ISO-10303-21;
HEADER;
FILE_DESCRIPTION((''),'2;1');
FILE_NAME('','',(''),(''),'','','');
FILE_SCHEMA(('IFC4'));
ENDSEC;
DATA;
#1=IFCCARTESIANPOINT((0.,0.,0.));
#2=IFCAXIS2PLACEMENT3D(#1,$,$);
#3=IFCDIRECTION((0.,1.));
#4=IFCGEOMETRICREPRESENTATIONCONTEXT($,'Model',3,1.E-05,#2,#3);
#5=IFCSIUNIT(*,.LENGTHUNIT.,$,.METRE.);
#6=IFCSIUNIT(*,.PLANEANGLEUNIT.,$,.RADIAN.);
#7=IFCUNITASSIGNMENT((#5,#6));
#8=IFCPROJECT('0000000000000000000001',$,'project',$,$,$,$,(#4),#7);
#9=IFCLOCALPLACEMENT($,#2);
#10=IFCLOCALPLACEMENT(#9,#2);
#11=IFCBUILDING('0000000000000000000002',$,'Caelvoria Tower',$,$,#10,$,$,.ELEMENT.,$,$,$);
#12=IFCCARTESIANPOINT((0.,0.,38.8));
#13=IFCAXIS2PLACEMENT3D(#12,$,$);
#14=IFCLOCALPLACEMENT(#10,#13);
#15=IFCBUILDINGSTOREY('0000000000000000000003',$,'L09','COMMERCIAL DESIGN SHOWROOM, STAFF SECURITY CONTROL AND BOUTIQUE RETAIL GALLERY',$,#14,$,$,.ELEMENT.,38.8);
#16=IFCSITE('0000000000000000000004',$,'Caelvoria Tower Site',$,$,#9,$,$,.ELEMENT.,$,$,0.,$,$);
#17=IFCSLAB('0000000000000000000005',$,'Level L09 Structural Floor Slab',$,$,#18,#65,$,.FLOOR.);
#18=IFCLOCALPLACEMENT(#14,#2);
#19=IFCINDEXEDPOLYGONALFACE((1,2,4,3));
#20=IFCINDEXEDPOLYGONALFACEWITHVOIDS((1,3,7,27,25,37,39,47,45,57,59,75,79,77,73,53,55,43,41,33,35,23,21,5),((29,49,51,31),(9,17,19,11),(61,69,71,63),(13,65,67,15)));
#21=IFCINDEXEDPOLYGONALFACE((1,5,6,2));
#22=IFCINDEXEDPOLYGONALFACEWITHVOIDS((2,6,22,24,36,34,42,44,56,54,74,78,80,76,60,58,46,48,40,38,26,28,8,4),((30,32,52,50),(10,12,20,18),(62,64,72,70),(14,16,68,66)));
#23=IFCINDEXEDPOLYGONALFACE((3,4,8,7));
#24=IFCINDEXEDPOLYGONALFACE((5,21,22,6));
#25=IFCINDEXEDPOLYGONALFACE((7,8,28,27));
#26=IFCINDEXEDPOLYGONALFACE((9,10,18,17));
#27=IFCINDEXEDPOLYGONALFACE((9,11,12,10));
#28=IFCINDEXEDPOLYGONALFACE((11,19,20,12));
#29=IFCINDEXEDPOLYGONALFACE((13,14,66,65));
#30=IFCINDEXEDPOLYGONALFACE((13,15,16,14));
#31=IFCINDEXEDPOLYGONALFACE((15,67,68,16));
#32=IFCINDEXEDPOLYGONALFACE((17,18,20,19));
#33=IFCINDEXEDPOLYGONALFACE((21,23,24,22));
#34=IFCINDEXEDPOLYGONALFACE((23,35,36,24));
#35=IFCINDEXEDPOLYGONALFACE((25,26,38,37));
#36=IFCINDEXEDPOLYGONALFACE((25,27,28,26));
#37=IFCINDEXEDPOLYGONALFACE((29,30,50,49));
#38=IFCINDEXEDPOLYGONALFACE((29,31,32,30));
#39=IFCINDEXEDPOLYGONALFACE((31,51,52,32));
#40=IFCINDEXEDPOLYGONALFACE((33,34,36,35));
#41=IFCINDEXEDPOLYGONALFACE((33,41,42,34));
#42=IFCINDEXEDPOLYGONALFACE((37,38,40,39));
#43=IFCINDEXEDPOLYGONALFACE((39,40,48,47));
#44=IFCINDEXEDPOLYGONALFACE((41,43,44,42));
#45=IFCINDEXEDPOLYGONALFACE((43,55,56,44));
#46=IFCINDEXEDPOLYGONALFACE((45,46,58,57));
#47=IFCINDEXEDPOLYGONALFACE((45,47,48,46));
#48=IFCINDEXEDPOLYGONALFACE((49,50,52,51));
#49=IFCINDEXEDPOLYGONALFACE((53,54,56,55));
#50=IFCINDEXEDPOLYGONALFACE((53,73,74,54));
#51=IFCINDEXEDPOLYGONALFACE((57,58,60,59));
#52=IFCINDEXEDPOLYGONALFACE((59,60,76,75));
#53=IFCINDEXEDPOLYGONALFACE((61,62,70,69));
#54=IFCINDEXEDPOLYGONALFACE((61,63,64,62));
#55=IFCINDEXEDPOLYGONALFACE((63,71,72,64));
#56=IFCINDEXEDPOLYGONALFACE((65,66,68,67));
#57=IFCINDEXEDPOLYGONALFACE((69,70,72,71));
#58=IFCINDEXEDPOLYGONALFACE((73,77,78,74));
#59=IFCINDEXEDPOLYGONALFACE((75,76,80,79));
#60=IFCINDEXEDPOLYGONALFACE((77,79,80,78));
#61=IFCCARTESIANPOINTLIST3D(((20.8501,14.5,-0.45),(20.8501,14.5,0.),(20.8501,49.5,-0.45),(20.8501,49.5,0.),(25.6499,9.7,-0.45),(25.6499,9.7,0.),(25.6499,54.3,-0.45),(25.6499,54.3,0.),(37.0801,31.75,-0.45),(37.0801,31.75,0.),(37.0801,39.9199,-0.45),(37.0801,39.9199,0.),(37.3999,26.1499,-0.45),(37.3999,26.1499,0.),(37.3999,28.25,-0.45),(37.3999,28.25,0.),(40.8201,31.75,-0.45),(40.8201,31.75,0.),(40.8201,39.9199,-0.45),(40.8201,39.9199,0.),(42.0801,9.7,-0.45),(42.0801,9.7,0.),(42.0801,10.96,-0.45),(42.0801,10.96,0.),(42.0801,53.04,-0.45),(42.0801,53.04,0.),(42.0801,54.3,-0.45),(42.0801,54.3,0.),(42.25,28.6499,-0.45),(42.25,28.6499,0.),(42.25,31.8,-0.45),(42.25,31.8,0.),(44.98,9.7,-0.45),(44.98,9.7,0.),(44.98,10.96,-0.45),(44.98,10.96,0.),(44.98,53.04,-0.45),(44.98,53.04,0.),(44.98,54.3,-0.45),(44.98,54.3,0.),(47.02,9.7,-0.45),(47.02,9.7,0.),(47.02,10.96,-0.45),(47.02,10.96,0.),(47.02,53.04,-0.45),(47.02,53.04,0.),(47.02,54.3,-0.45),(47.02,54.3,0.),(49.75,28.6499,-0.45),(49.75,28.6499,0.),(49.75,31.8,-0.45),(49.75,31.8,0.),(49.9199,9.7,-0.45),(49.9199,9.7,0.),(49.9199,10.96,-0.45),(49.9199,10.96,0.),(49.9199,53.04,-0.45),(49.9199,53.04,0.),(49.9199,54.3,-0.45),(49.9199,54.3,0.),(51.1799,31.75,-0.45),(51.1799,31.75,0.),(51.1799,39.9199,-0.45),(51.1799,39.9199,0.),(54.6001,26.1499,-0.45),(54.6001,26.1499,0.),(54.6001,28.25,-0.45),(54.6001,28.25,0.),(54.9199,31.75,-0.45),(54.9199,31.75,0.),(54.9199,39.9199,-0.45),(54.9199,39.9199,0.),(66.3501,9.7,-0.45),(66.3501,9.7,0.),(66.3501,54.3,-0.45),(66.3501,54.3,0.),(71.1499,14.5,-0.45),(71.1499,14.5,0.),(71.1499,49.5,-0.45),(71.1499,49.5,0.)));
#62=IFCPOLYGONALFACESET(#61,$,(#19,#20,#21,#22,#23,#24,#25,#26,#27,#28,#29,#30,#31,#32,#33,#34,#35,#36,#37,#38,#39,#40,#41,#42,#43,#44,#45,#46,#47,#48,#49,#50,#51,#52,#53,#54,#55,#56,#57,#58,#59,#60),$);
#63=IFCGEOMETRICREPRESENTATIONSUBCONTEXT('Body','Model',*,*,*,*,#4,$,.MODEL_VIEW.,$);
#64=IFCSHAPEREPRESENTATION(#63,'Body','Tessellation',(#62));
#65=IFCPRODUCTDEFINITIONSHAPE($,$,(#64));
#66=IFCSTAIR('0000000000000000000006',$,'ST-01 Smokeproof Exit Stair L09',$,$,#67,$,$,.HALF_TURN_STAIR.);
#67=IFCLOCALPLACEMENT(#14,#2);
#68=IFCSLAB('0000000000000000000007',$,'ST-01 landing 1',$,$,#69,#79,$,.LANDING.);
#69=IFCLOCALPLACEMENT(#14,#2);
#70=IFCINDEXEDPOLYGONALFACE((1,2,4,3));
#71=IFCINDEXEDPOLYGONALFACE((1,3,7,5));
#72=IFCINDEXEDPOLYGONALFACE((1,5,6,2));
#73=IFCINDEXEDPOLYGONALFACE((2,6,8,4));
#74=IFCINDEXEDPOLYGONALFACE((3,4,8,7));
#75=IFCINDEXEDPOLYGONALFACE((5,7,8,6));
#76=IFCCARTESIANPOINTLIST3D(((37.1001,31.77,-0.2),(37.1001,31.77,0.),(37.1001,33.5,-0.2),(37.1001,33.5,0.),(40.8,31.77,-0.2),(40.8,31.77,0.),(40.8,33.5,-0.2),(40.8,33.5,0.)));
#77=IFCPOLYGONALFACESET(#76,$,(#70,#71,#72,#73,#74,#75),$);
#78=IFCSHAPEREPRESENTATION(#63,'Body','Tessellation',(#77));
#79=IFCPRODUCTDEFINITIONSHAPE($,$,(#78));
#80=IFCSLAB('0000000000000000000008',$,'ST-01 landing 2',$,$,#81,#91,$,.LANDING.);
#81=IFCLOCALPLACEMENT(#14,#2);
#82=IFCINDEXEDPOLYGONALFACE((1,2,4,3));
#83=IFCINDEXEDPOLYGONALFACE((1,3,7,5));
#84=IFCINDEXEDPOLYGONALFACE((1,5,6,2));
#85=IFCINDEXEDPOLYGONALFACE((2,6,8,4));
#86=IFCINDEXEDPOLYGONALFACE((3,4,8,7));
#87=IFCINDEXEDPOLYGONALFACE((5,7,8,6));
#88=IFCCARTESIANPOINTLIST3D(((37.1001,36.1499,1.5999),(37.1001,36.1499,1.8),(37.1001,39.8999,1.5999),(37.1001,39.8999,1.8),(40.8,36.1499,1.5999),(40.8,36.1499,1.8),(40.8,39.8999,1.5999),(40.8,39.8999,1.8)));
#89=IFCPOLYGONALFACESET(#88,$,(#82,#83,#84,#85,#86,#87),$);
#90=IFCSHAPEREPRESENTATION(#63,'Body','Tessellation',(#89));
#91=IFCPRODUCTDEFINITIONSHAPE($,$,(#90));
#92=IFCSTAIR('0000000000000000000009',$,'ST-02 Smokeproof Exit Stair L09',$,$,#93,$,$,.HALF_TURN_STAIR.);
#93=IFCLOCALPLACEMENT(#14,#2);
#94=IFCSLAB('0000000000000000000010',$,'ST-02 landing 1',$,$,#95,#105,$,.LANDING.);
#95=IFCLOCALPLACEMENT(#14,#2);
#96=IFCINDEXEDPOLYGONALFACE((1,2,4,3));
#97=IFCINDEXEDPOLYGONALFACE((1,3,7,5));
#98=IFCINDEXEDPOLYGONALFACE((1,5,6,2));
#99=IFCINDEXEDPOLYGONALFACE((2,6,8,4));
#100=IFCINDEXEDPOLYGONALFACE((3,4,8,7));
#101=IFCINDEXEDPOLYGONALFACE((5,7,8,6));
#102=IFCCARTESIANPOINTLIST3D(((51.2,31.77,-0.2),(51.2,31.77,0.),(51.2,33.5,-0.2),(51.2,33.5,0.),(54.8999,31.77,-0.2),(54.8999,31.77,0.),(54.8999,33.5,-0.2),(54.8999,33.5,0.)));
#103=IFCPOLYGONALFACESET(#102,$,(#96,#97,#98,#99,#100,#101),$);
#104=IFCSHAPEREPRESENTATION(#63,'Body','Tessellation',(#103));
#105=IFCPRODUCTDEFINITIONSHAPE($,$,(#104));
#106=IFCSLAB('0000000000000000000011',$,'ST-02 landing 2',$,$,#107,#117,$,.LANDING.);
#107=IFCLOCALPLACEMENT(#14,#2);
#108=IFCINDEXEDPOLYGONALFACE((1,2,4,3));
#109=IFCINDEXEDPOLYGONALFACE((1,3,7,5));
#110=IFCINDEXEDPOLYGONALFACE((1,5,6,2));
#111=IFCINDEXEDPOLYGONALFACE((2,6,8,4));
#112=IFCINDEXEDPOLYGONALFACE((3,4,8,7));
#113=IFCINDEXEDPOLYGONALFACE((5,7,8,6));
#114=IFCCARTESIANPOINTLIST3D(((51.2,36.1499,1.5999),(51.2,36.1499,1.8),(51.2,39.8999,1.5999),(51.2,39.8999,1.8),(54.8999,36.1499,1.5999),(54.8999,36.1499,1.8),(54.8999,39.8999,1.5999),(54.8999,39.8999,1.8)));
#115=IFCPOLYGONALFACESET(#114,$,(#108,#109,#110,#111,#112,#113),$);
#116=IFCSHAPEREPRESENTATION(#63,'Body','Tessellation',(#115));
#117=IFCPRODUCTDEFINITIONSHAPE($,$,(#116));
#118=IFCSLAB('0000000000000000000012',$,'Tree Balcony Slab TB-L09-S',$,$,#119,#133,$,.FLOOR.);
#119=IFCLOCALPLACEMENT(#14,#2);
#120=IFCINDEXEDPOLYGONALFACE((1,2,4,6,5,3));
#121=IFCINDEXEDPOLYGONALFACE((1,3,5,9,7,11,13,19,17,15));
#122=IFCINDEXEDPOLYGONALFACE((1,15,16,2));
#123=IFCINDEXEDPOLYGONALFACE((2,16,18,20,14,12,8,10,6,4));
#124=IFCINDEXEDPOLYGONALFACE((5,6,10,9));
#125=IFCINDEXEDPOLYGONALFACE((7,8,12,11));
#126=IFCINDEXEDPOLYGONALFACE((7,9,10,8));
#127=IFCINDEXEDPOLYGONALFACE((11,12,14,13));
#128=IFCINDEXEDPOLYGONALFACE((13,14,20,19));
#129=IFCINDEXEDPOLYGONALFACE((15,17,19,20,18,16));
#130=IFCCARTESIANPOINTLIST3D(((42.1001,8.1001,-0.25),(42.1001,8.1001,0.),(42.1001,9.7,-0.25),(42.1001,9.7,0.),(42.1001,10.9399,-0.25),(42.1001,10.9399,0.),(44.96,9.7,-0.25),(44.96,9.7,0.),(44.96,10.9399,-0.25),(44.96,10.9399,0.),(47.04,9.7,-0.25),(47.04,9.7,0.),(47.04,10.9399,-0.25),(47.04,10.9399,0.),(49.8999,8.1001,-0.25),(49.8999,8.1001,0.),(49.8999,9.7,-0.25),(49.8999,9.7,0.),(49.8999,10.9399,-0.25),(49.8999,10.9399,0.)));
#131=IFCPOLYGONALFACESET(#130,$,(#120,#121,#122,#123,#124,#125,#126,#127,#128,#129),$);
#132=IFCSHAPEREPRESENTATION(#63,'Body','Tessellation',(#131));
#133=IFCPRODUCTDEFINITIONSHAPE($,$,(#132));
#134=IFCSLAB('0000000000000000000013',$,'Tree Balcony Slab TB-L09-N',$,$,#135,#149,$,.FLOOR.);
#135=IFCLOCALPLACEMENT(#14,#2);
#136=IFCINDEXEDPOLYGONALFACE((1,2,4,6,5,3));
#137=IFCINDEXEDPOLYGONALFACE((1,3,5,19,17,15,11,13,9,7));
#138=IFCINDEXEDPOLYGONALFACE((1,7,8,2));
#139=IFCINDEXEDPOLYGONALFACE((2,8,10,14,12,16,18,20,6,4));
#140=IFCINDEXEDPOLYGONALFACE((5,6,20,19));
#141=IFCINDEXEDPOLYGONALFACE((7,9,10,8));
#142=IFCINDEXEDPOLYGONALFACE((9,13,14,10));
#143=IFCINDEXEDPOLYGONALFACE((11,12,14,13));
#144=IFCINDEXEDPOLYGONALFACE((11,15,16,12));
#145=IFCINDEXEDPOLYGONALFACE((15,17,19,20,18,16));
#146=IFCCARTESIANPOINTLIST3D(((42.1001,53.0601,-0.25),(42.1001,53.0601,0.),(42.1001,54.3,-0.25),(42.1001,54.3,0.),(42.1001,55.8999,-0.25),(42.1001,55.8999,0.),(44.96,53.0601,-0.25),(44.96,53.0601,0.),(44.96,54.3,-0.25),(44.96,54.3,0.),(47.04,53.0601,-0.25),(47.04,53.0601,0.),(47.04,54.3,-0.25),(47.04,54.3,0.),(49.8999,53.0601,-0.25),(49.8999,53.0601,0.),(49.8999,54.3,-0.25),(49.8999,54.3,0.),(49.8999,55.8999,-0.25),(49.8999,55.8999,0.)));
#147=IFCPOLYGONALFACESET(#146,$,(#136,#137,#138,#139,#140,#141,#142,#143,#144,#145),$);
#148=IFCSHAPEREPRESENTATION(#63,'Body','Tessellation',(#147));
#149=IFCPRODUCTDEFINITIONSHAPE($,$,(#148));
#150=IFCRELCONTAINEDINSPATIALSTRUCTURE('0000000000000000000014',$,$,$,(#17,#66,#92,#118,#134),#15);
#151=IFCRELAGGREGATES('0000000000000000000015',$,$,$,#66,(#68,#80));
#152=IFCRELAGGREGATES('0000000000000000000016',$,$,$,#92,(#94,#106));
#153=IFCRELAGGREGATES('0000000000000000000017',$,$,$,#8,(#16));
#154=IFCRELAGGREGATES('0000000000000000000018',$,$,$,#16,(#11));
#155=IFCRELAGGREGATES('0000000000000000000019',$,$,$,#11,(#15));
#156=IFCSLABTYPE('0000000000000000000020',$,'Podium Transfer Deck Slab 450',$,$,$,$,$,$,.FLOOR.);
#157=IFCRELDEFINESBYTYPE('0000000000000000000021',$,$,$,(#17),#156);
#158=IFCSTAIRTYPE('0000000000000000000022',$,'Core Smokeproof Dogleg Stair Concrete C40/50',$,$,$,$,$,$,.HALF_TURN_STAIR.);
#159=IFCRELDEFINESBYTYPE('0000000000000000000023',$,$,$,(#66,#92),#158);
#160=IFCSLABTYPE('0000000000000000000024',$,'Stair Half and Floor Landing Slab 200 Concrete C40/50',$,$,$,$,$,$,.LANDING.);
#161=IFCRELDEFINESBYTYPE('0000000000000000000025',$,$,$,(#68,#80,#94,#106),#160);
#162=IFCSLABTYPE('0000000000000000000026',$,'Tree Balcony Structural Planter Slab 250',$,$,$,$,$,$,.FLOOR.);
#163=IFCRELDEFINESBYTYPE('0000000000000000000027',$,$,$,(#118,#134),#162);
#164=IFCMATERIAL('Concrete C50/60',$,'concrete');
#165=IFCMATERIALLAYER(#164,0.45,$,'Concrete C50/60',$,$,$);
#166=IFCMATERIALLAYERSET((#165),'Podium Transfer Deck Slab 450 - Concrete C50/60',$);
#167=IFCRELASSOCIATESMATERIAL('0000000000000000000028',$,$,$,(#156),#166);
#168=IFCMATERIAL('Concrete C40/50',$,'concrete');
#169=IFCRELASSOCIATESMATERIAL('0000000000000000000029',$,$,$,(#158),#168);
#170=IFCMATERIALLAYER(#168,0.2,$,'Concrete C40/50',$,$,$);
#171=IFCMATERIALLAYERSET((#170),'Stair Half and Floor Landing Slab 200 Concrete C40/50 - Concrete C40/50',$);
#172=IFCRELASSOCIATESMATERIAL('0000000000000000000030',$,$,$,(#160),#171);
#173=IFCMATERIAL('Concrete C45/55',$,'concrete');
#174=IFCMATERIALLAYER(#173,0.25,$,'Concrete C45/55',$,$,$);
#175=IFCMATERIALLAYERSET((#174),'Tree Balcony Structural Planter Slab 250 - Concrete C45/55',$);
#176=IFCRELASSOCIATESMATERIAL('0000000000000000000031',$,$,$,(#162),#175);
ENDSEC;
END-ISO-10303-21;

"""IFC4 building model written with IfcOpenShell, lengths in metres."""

from ifc_helpers import new_model, si_unit, direction, frame, origin, place, context, subcontext, project, spatial, polyline, outline, extrude, material, layer, layer_set, type_object, element, aggregate, save


model = new_model("IFC4")

# Units and contexts
model_context = context("Model", 3, precision=1e-05, world=origin(), true_north=direction((0.0, 1.0)))
body_context = subcontext(model_context, "Body", "Model", "MODEL_VIEW")
ifc_project = project(units=[si_unit("LENGTHUNIT", "METRE"), si_unit("PLANEANGLEUNIT", "RADIAN")], contexts=[model_context])

# Site, building, storey
site_placement = place(None, origin())
site = spatial("IfcSite", under=ifc_project, at=site_placement, Name="Caelvoria Tower Site", CompositionType="ELEMENT", RefElevation=0.0)
building_placement = place(site_placement, origin())
building = spatial("IfcBuilding", under=site, at=building_placement, Name="Caelvoria Tower", CompositionType="ELEMENT")
storey_placement = place(building_placement, frame((0.0, 0.0, 38.8)))
storey = spatial("IfcBuildingStorey", under=building, at=storey_placement, Name="L09", Description="COMMERCIAL DESIGN SHOWROOM, STAFF SECURITY CONTROL AND BOUTIQUE RETAIL GALLERY", CompositionType="ELEMENT", Elevation=38.8)

# Slab
ifc_material_1 = material(Name="Concrete C50/60", Category="concrete")
ifc_layer_1 = layer(ifc_material_1, 0.45, Name="Concrete C50/60")
ifc_layer_set_1 = layer_set([ifc_layer_1], Name="Podium Transfer Deck Slab 450 - Concrete C50/60")
slab_type_1 = type_object("IfcSlabType", Name="Podium Transfer Deck Slab 450", PredefinedType="FLOOR", material=ifc_layer_set_1)
slab_1_placement = place(storey_placement, frame((0.0, 0.0, -0.45)))
element("IfcSlab", 1, at=slab_1_placement, inside=storey, type_object=slab_type_1, Name="Level L09 Structural Floor Slab", PredefinedType="FLOOR", context=body_context, shape_type="SweptSolid", body=[
    extrude(outline(polyline([(20.8501, 49.5), (20.8501, 14.5), (25.6499, 9.7), (42.0801, 9.7), (42.0801, 10.96), (44.98, 10.96), (44.98, 9.7), (47.02, 9.7), (47.02, 10.96), (49.9199, 10.96), (49.9199, 9.7), (66.3501, 9.7), (71.1499, 14.5), (71.1499, 49.5), (66.3501, 54.3), (49.9199, 54.3), (49.9199, 53.04), (47.02, 53.04), (47.02, 54.3), (44.98, 54.3), (44.98, 53.04), (42.0801, 53.04), (42.0801, 54.3), (25.6499, 54.3), (20.8501, 49.5)]), holes=[polyline([(37.0801, 31.75), (40.8201, 31.75), (40.8201, 39.9199), (37.0801, 39.9199), (37.0801, 31.75)]), polyline([(51.1799, 31.75), (54.9199, 31.75), (54.9199, 39.9199), (51.1799, 39.9199), (51.1799, 31.75)]), polyline([(42.25, 28.6499), (49.75, 28.6499), (49.75, 31.8), (42.25, 31.8), (42.25, 28.6499)]), polyline([(37.3999, 26.1499), (54.6001, 26.1499), (54.6001, 28.25), (37.3999, 28.25), (37.3999, 26.1499)])]), origin(), (0.0, 0.0, 1.0), 0.45),
])

# Stairs, slabs
ifc_material_2 = material(Name="Concrete C40/50", Category="concrete")
stair_type = type_object("IfcStairType", Name="Core Smokeproof Dogleg Stair Concrete C40/50", PredefinedType="HALF_TURN_STAIR", material=ifc_material_2)
stair_1_placement = place(storey_placement, origin())
stair_1 = element("IfcStair", 2, at=stair_1_placement, inside=storey, type_object=stair_type, Name="ST-01 Smokeproof Exit Stair L09", PredefinedType="HALF_TURN_STAIR")
ifc_layer_2 = layer(ifc_material_2, 0.2, Name="Concrete C40/50")
ifc_layer_set_2 = layer_set([ifc_layer_2], Name="Stair Half and Floor Landing Slab 200 Concrete C40/50 - Concrete C40/50")
slab_type_2 = type_object("IfcSlabType", Name="Stair Half and Floor Landing Slab 200 Concrete C40/50", PredefinedType="LANDING", material=ifc_layer_set_2)
slab_2_placement = place(storey_placement, frame((0.0, 0.0, -0.2)))
slab_2 = element("IfcSlab", 3, at=slab_2_placement, type_object=slab_type_2, Name="ST-01 landing 1", PredefinedType="LANDING", context=body_context, shape_type="SweptSolid", body=[
    extrude(outline(polyline([(37.1001, 31.77), (40.8, 31.77), (40.8, 33.5), (37.1001, 33.5), (37.1001, 31.77)])), origin(), (0.0, 0.0, 1.0), 0.2),
])
slab_3_placement = place(storey_placement, frame((0.0, 0.0, 1.5999)))
slab_3 = element("IfcSlab", 4, at=slab_3_placement, type_object=slab_type_2, Name="ST-01 landing 2", PredefinedType="LANDING", context=body_context, shape_type="SweptSolid", body=[
    extrude(outline(polyline([(37.1001, 36.1499), (40.8, 36.1499), (40.8, 39.8999), (37.1001, 39.8999), (37.1001, 36.1499)])), origin(), (0.0, 0.0, 1.0), 0.2002),
])
aggregate(stair_1, [slab_2, slab_3])
stair_2_placement = place(storey_placement, origin())
stair_2 = element("IfcStair", 5, at=stair_2_placement, inside=storey, type_object=stair_type, Name="ST-02 Smokeproof Exit Stair L09", PredefinedType="HALF_TURN_STAIR")
slab_4_placement = place(storey_placement, frame((0.0, 0.0, -0.2)))
slab_4 = element("IfcSlab", 6, at=slab_4_placement, type_object=slab_type_2, Name="ST-02 landing 1", PredefinedType="LANDING", context=body_context, shape_type="SweptSolid", body=[
    extrude(outline(polyline([(51.2, 31.77), (54.8999, 31.77), (54.8999, 33.5), (51.2, 33.5), (51.2, 31.77)])), origin(), (0.0, 0.0, 1.0), 0.2),
])
slab_5_placement = place(storey_placement, frame((0.0, 0.0, 1.5999)))
slab_5 = element("IfcSlab", 7, at=slab_5_placement, type_object=slab_type_2, Name="ST-02 landing 2", PredefinedType="LANDING", context=body_context, shape_type="SweptSolid", body=[
    extrude(outline(polyline([(51.2, 36.1499), (54.8999, 36.1499), (54.8999, 39.8999), (51.2, 39.8999), (51.2, 36.1499)])), origin(), (0.0, 0.0, 1.0), 0.2002),
])
aggregate(stair_2, [slab_4, slab_5])

# Slabs
ifc_material_3 = material(Name="Concrete C45/55", Category="concrete")
ifc_layer_3 = layer(ifc_material_3, 0.25, Name="Concrete C45/55")
ifc_layer_set_3 = layer_set([ifc_layer_3], Name="Tree Balcony Structural Planter Slab 250 - Concrete C45/55")
slab_type_3 = type_object("IfcSlabType", Name="Tree Balcony Structural Planter Slab 250", PredefinedType="FLOOR", material=ifc_layer_set_3)
slab_6_placement = place(storey_placement, frame((0.0, 0.0, -0.25)))
element("IfcSlab", 8, at=slab_6_placement, inside=storey, type_object=slab_type_3, Name="Tree Balcony Slab TB-L09-S", PredefinedType="FLOOR", context=body_context, shape_type="SweptSolid", body=[
    extrude(outline(polyline([(49.8999, 9.7), (49.8999, 10.9399), (47.04, 10.9399), (47.04, 9.7), (44.96, 9.7), (44.96, 10.9399), (42.1001, 10.9399), (42.1001, 9.7), (42.1001, 8.1001), (49.8999, 8.1001), (49.8999, 9.7)])), origin(), (0.0, 0.0, 1.0), 0.25),
])
slab_7_placement = place(storey_placement, frame((0.0, 0.0, -0.25)))
element("IfcSlab", 9, at=slab_7_placement, inside=storey, type_object=slab_type_3, Name="Tree Balcony Slab TB-L09-N", PredefinedType="FLOOR", context=body_context, shape_type="SweptSolid", body=[
    extrude(outline(polyline([(42.1001, 55.8999), (42.1001, 54.3), (42.1001, 53.0601), (44.96, 53.0601), (44.96, 54.3), (47.04, 54.3), (47.04, 53.0601), (49.8999, 53.0601), (49.8999, 54.3), (49.8999, 55.8999), (42.1001, 55.8999)])), origin(), (0.0, 0.0, 1.0), 0.25),
])

save(model, "model.ifc")
